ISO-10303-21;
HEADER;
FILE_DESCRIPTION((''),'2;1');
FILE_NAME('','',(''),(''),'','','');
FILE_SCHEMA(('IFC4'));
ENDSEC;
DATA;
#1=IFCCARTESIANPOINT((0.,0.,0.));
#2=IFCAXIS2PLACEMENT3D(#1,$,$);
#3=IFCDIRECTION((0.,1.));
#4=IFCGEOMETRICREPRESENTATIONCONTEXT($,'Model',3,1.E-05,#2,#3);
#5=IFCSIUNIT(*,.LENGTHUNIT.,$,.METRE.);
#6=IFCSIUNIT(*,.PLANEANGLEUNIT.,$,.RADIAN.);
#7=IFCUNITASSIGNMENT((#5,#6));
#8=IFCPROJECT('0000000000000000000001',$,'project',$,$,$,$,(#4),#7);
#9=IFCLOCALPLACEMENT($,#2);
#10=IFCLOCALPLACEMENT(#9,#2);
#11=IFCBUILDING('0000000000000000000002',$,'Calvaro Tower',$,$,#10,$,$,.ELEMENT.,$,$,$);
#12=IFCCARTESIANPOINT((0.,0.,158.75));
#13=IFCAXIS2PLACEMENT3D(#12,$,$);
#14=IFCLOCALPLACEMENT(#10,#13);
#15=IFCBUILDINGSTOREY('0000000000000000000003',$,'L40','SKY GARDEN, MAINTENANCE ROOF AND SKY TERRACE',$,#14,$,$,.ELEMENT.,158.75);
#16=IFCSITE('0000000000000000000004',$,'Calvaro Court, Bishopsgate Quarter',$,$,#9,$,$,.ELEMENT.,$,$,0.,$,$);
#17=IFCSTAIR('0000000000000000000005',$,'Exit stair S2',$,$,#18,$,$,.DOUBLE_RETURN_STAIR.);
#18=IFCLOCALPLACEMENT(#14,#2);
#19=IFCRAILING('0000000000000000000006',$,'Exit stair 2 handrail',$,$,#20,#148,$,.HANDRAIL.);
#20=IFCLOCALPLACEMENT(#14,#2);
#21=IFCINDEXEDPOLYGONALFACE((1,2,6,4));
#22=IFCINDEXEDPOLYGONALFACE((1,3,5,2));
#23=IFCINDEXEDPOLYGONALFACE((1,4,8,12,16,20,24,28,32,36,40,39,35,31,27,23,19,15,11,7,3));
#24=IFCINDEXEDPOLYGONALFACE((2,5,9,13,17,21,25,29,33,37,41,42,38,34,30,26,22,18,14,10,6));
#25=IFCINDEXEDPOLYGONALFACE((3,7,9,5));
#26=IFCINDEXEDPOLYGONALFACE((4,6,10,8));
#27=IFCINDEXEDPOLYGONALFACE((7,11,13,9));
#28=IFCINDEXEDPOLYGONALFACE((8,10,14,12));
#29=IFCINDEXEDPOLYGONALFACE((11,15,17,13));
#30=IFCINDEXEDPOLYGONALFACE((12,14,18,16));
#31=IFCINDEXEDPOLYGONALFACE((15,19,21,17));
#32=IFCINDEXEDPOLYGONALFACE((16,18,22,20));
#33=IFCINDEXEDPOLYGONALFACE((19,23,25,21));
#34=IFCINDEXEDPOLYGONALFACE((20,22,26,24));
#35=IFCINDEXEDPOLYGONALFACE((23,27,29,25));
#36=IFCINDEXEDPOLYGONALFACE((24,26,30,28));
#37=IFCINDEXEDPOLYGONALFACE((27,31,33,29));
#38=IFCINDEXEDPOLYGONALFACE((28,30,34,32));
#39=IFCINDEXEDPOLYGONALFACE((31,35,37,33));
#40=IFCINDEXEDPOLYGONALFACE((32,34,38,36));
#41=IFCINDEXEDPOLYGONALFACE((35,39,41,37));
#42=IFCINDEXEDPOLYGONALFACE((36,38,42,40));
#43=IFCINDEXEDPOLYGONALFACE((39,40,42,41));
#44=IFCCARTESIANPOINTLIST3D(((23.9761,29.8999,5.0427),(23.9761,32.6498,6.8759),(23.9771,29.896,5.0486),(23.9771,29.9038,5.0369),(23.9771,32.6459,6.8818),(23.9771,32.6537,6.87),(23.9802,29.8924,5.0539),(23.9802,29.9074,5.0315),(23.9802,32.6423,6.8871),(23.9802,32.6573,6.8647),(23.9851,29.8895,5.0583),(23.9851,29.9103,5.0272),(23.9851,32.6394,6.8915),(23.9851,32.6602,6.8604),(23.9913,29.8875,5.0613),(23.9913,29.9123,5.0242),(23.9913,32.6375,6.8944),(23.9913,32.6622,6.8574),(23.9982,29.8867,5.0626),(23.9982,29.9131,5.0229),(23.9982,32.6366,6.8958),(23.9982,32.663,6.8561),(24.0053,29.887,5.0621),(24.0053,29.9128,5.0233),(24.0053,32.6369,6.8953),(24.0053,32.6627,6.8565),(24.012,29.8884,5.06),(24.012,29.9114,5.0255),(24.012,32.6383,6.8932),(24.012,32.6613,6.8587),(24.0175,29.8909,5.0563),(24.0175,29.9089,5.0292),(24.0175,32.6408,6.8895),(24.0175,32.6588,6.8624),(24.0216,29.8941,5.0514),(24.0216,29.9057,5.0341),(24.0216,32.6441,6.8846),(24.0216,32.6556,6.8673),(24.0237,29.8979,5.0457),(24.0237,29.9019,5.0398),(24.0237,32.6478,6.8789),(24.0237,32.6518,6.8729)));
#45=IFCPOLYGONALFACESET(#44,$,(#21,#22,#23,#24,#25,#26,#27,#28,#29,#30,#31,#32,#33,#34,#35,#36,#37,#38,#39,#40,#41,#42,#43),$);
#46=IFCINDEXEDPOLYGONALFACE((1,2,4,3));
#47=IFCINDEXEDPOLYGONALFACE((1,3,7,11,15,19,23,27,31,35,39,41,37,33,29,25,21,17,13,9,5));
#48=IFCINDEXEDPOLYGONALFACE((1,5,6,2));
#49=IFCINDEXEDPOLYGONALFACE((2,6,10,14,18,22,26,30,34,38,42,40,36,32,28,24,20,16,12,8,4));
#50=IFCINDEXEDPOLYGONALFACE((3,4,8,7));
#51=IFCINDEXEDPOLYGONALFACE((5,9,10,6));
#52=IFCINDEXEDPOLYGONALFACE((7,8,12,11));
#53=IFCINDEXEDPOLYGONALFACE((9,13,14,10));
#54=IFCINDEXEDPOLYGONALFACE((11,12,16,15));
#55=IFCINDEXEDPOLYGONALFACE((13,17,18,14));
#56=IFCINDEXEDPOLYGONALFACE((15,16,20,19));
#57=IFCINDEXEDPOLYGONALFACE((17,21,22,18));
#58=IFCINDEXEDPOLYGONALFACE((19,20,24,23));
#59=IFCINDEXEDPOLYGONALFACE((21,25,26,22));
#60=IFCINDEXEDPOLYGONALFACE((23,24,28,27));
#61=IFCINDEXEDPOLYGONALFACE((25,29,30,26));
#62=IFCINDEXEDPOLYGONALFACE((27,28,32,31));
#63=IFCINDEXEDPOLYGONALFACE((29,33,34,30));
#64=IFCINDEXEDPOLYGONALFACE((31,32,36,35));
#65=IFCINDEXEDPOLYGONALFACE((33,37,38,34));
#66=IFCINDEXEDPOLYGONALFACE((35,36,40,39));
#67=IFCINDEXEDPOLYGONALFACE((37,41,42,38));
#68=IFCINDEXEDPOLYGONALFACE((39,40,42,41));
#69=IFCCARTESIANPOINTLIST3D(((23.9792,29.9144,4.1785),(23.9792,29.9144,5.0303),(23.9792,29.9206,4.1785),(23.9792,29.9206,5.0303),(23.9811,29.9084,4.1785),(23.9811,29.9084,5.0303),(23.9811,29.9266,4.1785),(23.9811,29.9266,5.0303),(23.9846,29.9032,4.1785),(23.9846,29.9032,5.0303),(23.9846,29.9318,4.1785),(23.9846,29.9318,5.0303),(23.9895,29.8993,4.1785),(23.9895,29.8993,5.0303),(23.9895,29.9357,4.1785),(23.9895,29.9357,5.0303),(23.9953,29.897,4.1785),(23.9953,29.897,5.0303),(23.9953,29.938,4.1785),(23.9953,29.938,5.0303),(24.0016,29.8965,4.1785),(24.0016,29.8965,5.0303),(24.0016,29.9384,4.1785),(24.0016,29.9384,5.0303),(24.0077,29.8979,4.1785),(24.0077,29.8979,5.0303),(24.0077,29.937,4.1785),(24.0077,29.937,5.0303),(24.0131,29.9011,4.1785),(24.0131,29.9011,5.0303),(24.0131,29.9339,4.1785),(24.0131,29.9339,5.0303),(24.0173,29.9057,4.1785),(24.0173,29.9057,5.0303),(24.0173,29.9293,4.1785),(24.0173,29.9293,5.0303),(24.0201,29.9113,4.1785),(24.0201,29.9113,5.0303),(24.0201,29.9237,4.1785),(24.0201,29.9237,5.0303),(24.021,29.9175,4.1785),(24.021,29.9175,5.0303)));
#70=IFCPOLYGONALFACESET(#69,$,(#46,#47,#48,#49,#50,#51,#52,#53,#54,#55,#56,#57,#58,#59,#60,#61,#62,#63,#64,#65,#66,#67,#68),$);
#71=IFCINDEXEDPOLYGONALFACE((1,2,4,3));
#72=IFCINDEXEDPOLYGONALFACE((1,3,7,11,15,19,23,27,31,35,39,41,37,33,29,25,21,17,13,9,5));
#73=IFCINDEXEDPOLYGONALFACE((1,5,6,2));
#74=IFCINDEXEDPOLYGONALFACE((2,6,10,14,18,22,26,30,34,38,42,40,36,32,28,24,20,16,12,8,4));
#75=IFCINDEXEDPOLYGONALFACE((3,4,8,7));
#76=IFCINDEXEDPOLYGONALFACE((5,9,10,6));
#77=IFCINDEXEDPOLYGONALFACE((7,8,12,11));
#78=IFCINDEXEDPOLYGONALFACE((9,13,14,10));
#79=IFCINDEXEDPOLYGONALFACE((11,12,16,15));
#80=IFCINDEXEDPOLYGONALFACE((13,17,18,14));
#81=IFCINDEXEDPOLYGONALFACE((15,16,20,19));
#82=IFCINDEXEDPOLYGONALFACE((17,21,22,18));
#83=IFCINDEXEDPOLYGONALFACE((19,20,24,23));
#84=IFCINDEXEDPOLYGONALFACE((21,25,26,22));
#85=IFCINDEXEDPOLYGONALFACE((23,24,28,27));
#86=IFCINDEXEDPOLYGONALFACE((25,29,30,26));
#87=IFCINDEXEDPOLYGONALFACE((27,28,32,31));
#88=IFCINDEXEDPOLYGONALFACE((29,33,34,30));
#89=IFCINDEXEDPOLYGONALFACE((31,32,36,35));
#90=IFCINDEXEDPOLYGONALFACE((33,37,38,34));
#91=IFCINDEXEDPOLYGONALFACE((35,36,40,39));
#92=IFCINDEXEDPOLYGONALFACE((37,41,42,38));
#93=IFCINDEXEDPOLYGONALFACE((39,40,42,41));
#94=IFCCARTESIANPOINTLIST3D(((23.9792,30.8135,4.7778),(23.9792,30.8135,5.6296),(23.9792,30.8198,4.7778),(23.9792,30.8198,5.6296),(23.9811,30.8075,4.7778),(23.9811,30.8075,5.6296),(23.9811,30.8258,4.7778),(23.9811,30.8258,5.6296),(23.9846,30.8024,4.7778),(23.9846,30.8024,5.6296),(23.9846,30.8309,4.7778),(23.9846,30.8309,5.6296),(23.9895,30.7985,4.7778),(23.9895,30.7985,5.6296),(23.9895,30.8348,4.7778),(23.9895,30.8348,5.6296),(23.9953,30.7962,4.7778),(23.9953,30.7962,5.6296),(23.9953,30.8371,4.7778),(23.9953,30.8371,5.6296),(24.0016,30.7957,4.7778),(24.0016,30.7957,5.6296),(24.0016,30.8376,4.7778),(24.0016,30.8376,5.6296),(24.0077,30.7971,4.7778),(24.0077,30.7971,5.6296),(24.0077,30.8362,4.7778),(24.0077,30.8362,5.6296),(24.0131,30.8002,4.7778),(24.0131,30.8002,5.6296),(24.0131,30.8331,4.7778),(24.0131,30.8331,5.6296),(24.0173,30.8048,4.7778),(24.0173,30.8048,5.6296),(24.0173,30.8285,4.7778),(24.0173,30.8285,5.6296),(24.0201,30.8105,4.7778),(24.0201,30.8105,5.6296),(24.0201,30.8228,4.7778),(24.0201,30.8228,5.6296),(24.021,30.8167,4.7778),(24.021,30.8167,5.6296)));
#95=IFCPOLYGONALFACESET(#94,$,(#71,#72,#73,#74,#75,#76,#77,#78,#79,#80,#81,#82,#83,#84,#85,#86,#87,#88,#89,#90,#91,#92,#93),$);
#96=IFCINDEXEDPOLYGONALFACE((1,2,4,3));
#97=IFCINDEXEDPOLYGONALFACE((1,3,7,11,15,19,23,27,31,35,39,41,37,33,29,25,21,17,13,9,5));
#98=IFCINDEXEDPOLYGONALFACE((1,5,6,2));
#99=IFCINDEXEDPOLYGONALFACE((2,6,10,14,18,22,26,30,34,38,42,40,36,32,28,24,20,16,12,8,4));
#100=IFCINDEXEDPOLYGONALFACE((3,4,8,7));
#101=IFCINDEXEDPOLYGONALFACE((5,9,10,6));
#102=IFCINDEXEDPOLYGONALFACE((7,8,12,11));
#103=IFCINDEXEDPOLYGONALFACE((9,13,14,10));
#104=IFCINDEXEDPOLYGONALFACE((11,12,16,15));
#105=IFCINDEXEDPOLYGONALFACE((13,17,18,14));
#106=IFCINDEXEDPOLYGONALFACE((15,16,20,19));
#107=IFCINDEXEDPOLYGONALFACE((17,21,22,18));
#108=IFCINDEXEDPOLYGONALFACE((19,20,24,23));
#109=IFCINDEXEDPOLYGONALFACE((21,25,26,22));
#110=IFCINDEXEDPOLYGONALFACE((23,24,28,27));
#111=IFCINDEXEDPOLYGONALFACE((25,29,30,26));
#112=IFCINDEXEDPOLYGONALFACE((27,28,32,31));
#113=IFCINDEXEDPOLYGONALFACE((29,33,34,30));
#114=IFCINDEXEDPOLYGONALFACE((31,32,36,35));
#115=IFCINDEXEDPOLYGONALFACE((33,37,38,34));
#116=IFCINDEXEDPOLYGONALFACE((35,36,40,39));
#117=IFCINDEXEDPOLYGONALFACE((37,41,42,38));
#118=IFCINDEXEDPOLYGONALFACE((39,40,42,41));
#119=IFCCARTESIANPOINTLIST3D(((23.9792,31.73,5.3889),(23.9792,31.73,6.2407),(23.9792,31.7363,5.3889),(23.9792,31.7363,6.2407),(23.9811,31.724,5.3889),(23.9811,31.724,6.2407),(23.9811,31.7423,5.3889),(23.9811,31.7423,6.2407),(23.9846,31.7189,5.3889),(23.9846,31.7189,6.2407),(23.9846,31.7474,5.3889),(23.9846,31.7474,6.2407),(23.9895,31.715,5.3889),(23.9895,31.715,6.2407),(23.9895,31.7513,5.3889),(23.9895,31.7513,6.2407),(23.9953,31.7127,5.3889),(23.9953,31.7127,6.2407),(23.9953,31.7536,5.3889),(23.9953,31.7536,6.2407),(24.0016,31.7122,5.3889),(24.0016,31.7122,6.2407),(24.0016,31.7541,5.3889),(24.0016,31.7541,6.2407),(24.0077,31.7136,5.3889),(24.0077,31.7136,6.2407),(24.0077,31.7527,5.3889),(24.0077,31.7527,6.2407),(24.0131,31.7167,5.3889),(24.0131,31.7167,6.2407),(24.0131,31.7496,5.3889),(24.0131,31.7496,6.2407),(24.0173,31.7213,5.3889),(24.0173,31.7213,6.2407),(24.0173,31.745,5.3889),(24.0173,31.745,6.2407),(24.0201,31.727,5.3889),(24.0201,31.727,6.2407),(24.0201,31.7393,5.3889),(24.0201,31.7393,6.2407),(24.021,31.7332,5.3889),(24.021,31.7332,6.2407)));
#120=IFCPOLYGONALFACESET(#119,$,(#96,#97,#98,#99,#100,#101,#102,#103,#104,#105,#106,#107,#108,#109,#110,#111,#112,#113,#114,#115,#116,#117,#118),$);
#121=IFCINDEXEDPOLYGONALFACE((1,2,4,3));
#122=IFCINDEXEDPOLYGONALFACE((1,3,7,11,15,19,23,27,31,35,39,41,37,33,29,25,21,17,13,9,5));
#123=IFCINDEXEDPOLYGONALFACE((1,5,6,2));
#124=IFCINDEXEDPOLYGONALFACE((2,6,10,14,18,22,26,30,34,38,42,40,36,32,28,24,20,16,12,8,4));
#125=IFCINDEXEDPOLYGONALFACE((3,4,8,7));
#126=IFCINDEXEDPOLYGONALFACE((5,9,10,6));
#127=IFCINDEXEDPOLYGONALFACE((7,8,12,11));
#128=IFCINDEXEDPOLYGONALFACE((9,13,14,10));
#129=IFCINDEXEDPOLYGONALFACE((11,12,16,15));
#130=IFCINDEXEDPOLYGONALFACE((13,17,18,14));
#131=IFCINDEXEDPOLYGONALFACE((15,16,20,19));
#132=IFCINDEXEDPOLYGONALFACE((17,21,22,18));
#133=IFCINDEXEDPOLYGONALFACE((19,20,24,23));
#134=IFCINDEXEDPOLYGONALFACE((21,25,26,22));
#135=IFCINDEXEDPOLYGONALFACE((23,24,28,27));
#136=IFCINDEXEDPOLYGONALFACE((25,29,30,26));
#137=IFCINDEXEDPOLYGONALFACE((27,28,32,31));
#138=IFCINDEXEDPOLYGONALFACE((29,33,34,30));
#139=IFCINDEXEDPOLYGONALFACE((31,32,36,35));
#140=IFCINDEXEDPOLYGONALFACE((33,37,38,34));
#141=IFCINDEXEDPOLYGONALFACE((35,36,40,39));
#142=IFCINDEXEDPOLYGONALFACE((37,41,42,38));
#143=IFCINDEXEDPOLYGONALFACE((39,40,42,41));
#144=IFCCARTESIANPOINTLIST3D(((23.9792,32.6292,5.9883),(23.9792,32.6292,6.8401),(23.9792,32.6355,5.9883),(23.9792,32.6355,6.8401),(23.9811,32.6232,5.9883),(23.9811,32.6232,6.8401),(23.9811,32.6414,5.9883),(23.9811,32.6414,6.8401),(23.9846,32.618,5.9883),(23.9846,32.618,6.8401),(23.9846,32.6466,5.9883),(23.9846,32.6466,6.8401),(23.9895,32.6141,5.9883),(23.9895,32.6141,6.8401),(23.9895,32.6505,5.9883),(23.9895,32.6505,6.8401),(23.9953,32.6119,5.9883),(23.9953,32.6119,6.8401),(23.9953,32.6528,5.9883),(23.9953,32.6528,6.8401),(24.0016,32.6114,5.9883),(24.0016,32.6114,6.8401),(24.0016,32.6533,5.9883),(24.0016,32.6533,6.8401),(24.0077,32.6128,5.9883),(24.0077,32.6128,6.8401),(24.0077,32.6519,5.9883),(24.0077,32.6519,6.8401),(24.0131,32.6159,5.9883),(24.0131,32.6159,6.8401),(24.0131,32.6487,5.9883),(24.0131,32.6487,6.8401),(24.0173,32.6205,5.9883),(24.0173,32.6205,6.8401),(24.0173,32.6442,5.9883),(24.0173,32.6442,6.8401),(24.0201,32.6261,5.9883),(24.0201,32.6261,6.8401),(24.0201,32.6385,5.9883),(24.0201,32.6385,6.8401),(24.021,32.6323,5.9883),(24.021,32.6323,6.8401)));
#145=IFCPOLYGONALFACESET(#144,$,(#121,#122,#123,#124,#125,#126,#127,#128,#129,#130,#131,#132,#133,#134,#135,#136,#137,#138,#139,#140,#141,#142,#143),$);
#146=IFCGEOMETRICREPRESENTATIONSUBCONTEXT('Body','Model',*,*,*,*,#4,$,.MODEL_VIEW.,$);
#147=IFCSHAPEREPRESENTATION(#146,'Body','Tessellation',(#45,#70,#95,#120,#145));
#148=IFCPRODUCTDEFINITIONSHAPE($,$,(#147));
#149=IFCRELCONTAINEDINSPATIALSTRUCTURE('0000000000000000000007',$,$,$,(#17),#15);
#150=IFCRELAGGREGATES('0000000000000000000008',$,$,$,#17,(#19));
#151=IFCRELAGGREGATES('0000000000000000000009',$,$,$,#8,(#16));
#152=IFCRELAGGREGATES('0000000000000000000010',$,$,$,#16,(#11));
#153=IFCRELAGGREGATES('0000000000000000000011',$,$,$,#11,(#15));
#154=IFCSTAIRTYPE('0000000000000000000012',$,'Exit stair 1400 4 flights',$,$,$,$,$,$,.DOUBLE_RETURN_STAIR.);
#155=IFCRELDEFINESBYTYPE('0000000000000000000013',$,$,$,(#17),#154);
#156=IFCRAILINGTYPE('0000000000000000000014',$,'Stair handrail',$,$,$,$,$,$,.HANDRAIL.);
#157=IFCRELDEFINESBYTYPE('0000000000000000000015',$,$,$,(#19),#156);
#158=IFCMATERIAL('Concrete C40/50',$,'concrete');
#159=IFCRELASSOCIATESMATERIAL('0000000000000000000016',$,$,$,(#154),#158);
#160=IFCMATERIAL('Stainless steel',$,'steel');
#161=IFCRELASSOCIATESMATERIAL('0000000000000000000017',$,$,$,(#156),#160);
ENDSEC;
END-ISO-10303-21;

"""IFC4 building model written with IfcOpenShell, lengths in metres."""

from ifc_helpers import new_model, si_unit, direction, frame, origin, origin_2d, place, context, subcontext, project, spatial, circle, extrude, material, type_object, element, aggregate, save


model = new_model("IFC4")

# Units and contexts
model_context = context("Model", 3, precision=1e-05, world=origin(), true_north=direction((0.0, 1.0)))
body_context = subcontext(model_context, "Body", "Model", "MODEL_VIEW")
ifc_project = project(units=[si_unit("LENGTHUNIT", "METRE"), si_unit("PLANEANGLEUNIT", "RADIAN")], contexts=[model_context])

# Site, building, storey
site_placement = place(None, origin())
site = spatial("IfcSite", under=ifc_project, at=site_placement, Name="Calvaro Court, Bishopsgate Quarter", CompositionType="ELEMENT", RefElevation=0.0)
building_placement = place(site_placement, origin())
building = spatial("IfcBuilding", under=site, at=building_placement, Name="Calvaro Tower", CompositionType="ELEMENT")
storey_placement = place(building_placement, frame((0.0, 0.0, 158.75)))
storey = spatial("IfcBuildingStorey", under=building, at=storey_placement, Name="L40", Description="SKY GARDEN, MAINTENANCE ROOF AND SKY TERRACE", CompositionType="ELEMENT", Elevation=158.75)

# Stair, railing
ifc_material_1 = material(Name="Concrete C40/50", Category="concrete")
stair_type = type_object("IfcStairType", Name="Exit stair 1400 4 flights", PredefinedType="DOUBLE_RETURN_STAIR", material=ifc_material_1)
stair_placement = place(storey_placement, origin())
stair = element("IfcStair", 1, at=stair_placement, inside=storey, type_object=stair_type, Name="Exit stair S2", PredefinedType="DOUBLE_RETURN_STAIR")
ifc_material_2 = material(Name="Stainless steel", Category="steel")
railing_type = type_object("IfcRailingType", Name="Stair handrail", PredefinedType="HANDRAIL", material=ifc_material_2)
railing_1_placement = place(storey_placement, frame((24.0, 29.8999, 4.1667)))
railing_1 = element("IfcRailing", 2, at=railing_1_placement, type_object=railing_type, Name="Exit stair 2 handrail", PredefinedType="HANDRAIL", context=body_context, shape_type="SweptSolid", body=[
    extrude(circle(Radius=0.0239, at=origin_2d()), frame((0.0, 0.0, 0.876), z_axis=(0.0, 0.832062, 0.554683), x_axis=(-1.0, 0.0, 0.0)), (0.0, 0.0, 1.0), 3.3049),
    extrude(circle(Radius=0.021, at=origin_2d()), frame((0.0, 0.0176, 0.0117)), (0.0, 0.0, 1.0), 0.8518),
    extrude(circle(Radius=0.021, at=origin_2d()), frame((0.0, 0.9167, 0.6111)), (0.0, 0.0, 1.0), 0.8518),
    extrude(circle(Radius=0.021, at=origin_2d()), frame((0.0, 1.8333, 1.2222)), (0.0, 0.0, 1.0), 0.8518),
    extrude(circle(Radius=0.021, at=origin_2d()), frame((0.0, 2.7324, 1.8215)), (0.0, 0.0, 1.0), 0.8518),
])
aggregate(stair, [railing_1])

save(model, "model.ifc")
